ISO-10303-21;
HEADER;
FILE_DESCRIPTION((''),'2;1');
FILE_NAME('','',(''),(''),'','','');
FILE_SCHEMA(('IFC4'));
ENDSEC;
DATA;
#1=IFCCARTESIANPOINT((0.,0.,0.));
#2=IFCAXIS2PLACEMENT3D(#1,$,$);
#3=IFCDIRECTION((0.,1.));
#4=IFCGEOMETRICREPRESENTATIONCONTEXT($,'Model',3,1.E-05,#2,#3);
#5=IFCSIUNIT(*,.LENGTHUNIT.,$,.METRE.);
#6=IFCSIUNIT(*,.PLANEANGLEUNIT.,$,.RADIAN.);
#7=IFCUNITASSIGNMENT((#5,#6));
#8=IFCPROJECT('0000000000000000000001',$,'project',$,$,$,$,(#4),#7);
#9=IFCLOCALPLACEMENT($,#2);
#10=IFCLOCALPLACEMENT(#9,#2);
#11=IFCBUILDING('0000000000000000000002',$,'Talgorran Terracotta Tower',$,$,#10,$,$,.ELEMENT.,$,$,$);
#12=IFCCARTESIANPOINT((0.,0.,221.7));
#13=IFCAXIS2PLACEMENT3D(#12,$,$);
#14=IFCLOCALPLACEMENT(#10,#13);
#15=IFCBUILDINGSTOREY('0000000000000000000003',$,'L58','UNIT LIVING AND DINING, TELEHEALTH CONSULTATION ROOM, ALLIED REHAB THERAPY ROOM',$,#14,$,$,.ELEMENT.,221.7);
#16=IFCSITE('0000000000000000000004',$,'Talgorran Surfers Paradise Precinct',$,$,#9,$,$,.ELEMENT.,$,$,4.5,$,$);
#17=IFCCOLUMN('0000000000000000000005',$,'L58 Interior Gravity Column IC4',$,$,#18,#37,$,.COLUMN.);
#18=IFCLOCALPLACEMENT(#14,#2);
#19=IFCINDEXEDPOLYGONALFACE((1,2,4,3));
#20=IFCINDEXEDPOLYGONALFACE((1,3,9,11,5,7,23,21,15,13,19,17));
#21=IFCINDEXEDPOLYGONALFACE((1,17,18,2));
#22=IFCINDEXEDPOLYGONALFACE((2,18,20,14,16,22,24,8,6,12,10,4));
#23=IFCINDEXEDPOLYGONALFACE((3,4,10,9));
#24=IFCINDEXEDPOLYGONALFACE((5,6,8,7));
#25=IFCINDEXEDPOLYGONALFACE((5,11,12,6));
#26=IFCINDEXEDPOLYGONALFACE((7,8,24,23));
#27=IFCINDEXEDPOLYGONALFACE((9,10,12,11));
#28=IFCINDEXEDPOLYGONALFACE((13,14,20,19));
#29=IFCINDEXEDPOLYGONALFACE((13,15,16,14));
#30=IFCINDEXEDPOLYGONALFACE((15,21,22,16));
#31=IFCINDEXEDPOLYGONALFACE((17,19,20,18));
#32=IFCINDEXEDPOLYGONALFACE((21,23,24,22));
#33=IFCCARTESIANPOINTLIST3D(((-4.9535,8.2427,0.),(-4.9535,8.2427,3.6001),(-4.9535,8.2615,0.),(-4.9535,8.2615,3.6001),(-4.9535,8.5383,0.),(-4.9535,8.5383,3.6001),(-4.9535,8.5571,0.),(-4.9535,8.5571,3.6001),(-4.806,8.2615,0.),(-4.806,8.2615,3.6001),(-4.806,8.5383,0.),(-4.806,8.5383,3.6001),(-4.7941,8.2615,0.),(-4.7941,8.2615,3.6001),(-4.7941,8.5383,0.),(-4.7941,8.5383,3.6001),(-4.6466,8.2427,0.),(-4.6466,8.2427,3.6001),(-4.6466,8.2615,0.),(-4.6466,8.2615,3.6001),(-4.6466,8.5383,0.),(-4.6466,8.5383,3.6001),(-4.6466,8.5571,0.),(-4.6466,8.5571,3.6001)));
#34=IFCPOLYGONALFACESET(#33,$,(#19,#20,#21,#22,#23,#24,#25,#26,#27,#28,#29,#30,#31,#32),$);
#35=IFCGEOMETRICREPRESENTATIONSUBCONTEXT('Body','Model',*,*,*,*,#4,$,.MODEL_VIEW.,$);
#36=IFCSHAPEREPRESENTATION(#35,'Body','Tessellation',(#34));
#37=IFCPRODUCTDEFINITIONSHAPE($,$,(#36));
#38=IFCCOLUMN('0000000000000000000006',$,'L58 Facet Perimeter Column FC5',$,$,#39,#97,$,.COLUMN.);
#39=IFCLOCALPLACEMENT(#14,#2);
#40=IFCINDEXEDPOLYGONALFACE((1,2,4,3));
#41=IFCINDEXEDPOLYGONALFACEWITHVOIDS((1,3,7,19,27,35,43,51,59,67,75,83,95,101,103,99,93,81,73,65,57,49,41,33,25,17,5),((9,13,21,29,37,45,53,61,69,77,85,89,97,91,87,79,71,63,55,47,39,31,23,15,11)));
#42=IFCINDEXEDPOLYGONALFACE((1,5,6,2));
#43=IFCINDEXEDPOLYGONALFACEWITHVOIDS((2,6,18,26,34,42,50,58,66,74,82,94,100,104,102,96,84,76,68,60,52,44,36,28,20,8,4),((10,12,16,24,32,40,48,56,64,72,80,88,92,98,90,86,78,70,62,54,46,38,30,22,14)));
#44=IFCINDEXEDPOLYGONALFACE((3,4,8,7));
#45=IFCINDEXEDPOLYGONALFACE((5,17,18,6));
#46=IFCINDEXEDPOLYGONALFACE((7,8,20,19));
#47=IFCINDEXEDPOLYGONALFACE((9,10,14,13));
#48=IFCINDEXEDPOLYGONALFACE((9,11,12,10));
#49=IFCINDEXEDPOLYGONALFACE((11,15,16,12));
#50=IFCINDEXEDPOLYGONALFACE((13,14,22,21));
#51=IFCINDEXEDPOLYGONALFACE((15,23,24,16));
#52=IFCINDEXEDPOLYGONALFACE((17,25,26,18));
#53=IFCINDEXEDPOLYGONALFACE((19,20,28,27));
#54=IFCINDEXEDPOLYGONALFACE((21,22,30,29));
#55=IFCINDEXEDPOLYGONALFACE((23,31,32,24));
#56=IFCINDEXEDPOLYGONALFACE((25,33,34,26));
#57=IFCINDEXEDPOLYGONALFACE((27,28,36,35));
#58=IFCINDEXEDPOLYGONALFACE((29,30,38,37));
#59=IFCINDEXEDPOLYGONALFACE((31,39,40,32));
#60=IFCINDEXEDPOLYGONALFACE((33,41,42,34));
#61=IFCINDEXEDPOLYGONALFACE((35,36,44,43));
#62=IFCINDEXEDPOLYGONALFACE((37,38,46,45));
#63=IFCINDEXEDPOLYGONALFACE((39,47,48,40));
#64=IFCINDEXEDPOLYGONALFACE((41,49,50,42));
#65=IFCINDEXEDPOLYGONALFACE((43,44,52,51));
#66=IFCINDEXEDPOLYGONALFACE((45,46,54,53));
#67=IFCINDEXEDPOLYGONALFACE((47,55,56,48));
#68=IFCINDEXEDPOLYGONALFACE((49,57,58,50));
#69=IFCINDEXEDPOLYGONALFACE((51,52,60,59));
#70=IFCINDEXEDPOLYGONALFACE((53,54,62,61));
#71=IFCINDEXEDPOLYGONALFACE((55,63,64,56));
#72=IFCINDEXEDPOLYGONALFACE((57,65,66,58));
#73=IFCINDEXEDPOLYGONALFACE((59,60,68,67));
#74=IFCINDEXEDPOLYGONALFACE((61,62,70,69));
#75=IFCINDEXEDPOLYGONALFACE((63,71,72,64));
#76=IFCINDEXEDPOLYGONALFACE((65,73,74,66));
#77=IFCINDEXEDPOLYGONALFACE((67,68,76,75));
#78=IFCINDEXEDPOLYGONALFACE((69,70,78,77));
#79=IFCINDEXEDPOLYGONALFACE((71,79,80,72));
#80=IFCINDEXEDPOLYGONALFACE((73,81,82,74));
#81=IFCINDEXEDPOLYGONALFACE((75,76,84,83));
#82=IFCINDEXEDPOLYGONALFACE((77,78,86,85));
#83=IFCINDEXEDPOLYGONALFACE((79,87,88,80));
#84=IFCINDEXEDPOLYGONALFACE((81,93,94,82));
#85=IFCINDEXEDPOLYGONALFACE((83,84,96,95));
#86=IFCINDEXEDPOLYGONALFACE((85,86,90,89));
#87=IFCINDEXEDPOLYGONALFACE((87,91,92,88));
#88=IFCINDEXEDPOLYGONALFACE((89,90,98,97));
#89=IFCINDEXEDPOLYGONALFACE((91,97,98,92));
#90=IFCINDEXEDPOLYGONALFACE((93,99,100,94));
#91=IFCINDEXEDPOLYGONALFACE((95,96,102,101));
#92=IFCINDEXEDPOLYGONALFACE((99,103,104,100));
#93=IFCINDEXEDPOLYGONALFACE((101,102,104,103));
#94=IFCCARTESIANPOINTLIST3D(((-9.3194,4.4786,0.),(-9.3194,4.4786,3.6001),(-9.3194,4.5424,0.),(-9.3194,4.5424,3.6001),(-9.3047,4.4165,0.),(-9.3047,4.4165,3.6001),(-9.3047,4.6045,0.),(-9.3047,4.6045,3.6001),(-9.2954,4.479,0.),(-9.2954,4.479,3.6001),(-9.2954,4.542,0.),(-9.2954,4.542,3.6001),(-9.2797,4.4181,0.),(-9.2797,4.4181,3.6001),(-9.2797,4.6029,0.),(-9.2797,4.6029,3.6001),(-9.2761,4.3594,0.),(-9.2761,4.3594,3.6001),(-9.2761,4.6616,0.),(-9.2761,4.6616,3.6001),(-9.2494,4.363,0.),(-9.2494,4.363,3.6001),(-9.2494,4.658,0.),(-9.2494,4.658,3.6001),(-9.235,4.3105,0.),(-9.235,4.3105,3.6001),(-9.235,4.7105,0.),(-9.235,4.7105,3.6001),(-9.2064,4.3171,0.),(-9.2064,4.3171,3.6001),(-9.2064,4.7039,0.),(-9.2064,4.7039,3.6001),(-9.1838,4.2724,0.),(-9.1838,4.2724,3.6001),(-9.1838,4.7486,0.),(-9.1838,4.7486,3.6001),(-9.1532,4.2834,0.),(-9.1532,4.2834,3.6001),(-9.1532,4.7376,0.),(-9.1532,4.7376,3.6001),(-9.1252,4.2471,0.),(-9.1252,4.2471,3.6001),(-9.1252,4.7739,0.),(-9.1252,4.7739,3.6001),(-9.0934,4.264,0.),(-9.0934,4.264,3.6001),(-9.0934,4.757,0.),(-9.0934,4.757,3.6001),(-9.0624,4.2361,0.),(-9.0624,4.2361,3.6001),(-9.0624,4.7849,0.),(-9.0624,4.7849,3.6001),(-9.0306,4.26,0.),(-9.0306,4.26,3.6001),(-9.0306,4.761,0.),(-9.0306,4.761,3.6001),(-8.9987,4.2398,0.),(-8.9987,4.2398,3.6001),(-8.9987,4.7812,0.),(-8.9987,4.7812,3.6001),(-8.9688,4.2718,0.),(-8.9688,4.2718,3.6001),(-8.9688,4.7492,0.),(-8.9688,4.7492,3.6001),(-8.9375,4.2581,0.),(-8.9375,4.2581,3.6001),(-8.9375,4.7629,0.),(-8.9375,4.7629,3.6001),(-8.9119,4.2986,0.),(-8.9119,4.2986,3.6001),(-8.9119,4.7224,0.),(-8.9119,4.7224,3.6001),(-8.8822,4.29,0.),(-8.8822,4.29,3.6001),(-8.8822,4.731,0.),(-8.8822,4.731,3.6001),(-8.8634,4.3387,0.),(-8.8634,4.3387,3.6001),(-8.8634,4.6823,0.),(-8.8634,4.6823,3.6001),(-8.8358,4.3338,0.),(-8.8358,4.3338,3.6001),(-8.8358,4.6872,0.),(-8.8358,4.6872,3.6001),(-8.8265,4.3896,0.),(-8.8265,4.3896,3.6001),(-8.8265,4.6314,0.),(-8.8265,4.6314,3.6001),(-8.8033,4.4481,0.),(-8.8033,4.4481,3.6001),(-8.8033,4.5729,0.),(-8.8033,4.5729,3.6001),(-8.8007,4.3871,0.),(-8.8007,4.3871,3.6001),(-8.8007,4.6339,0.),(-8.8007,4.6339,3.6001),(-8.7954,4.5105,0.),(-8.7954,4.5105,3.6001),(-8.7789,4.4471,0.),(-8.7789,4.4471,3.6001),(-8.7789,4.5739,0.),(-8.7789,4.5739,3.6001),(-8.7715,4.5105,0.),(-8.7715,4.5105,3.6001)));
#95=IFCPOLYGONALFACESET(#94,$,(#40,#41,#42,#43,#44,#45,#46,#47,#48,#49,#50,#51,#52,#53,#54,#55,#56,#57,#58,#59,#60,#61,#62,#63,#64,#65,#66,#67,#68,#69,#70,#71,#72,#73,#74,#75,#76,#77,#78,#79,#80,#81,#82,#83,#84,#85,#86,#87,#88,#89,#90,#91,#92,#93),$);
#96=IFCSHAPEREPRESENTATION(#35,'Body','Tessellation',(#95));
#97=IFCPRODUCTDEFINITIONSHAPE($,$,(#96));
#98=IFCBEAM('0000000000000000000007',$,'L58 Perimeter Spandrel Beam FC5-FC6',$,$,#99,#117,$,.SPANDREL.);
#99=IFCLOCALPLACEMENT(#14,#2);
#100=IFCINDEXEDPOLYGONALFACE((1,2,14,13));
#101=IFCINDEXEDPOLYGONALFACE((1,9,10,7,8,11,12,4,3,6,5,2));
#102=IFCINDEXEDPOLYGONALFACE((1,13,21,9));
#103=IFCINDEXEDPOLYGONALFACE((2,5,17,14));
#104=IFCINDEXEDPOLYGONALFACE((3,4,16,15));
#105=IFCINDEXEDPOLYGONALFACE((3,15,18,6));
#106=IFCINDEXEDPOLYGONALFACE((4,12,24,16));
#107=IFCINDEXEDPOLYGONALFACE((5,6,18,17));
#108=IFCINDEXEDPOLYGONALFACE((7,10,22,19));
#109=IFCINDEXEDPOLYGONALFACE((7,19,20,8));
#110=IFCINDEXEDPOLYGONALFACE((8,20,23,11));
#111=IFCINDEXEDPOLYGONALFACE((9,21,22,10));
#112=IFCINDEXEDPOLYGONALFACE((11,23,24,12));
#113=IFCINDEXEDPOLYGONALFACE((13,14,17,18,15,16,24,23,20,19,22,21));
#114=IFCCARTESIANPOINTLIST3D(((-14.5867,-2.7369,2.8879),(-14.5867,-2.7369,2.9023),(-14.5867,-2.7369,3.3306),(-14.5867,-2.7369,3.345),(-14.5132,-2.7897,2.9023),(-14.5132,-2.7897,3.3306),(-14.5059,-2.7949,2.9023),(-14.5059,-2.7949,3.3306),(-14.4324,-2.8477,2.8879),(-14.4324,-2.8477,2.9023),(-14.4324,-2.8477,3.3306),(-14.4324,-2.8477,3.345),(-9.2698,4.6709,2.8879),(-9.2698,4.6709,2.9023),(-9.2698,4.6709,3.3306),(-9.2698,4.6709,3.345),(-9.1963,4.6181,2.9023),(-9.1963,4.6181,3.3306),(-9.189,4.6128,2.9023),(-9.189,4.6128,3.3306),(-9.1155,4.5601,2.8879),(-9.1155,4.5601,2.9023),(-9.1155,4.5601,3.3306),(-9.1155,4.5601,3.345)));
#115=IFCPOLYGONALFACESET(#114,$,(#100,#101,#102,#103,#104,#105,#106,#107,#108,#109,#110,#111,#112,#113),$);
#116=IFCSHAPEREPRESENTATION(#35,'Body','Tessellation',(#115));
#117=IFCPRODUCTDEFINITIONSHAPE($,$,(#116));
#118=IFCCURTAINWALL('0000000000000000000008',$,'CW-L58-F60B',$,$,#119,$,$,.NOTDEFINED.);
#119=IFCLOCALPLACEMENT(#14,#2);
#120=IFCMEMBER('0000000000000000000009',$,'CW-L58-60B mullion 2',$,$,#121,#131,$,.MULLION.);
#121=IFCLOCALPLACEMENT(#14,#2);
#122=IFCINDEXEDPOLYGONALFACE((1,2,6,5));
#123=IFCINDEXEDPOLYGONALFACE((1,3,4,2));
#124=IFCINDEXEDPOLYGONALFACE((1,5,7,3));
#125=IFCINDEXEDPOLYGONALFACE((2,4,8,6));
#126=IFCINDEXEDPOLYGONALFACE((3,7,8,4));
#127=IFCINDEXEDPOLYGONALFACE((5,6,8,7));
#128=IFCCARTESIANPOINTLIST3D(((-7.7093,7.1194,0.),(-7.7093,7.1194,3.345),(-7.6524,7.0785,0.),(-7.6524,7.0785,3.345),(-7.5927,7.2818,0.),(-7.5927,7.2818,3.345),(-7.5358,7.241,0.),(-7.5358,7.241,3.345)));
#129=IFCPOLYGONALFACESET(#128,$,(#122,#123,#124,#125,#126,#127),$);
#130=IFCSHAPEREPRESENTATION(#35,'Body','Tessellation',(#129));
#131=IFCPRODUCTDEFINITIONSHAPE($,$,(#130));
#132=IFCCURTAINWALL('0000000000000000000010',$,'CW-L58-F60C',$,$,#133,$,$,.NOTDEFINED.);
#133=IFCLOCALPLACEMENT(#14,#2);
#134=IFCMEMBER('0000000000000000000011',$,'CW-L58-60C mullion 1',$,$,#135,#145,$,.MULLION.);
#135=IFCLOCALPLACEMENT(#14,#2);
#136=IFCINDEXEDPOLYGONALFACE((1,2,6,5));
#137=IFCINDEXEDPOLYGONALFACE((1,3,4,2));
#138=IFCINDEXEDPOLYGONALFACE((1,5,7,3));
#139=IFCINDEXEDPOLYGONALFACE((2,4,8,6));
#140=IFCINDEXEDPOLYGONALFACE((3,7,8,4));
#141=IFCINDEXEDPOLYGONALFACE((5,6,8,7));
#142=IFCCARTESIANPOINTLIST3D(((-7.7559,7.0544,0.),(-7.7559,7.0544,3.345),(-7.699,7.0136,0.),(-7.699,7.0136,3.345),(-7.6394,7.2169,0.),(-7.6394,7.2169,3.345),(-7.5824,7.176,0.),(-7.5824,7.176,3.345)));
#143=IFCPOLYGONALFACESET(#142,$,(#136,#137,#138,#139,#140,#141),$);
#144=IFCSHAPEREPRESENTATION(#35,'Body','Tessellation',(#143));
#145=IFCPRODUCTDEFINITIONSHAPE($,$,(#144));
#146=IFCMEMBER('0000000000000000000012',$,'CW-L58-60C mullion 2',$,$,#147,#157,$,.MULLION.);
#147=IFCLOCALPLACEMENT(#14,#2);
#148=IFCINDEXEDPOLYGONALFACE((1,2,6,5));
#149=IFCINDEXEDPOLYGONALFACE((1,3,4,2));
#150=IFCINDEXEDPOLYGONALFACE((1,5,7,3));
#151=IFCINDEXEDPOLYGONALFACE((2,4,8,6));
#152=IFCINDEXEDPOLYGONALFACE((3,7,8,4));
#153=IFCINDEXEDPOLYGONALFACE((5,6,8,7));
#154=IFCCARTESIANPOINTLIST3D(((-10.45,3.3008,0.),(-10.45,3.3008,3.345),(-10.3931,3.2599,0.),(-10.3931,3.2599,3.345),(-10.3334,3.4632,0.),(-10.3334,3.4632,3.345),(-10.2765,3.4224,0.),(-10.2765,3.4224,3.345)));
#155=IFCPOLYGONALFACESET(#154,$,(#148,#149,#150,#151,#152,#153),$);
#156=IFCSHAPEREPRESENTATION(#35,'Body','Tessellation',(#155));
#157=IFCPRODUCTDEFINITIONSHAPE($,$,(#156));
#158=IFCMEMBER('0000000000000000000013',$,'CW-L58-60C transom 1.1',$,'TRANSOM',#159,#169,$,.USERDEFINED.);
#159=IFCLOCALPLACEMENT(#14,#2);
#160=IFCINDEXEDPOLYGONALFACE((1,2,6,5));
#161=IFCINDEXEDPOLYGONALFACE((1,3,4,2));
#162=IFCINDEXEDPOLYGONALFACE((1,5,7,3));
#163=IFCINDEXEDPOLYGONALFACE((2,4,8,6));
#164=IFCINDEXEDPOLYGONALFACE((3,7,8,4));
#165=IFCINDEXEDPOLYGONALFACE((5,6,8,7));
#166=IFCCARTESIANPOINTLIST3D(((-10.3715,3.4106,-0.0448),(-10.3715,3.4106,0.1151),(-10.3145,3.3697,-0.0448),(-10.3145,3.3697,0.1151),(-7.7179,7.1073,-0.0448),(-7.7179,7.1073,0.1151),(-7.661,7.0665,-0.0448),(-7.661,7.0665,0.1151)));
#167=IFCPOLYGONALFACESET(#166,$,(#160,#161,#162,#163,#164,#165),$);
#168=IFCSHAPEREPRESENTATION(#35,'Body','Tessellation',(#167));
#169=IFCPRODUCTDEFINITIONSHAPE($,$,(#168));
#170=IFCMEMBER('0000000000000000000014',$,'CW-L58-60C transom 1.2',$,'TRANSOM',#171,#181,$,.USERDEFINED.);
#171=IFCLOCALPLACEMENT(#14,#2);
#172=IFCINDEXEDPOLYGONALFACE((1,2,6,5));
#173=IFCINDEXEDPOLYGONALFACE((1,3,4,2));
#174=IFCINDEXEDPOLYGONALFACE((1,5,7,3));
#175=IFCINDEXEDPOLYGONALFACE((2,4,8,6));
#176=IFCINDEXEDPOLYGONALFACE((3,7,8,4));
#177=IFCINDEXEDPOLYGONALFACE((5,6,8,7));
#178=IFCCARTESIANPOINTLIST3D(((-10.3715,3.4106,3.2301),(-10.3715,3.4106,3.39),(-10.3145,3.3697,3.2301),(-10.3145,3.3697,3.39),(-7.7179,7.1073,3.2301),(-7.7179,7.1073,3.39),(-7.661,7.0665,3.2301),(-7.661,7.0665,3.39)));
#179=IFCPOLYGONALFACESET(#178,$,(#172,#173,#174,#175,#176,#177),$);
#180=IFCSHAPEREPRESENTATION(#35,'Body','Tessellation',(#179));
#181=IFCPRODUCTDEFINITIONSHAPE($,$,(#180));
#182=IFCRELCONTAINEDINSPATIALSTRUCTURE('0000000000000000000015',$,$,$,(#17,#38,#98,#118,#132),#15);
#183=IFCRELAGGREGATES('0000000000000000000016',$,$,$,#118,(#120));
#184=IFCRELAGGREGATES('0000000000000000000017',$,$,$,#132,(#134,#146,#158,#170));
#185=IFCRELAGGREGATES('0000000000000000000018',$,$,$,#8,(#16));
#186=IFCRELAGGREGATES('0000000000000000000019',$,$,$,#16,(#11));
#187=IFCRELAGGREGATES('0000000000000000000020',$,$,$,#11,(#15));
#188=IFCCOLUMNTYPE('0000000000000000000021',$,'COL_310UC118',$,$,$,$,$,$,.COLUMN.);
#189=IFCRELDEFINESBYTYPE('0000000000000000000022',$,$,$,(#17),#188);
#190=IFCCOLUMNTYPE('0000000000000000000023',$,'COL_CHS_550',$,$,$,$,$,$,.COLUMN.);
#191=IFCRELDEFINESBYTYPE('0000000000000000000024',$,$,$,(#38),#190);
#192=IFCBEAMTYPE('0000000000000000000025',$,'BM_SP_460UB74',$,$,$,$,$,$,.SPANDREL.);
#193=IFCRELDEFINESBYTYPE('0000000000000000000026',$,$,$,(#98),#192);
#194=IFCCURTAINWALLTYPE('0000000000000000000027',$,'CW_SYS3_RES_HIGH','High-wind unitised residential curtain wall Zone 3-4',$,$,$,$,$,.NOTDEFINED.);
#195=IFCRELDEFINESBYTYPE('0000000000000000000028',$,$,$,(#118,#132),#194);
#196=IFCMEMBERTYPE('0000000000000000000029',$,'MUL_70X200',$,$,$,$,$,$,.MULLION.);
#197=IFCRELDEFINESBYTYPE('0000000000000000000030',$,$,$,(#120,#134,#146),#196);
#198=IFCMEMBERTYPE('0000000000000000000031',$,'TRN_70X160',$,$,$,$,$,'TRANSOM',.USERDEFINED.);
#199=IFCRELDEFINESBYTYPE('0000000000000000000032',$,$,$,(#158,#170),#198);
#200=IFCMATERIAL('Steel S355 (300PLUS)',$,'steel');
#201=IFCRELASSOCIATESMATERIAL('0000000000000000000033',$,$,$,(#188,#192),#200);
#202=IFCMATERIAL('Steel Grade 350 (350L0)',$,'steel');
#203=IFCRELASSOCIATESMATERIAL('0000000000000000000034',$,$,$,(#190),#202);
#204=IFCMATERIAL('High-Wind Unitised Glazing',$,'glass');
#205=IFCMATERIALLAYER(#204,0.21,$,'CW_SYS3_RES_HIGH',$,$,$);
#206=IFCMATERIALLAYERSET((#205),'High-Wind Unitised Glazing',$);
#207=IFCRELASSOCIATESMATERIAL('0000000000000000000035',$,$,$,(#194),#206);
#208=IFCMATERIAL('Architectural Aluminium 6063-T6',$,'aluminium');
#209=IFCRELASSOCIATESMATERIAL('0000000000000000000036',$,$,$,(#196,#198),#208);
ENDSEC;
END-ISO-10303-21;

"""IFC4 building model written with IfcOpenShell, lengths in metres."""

from ifc_helpers import new_model, si_unit, direction, frame, origin, origin_2d, place, context, subcontext, project, spatial, rectangle, hollow_circle, i_section, extrude, material, layer, layer_set, material_profile, profile_set, type_object, element, aggregate, save


model = new_model("IFC4")

# Units and contexts
model_context = context("Model", 3, precision=1e-05, world=origin(), true_north=direction((0.0, 1.0)))
body_context = subcontext(model_context, "Body", "Model", "MODEL_VIEW")
ifc_project = project(units=[si_unit("LENGTHUNIT", "METRE"), si_unit("PLANEANGLEUNIT", "RADIAN")], contexts=[model_context])

# Site, building, storey
site_placement = place(None, origin())
site = spatial("IfcSite", under=ifc_project, at=site_placement, Name="Talgorran Surfers Paradise Precinct", CompositionType="ELEMENT", RefElevation=4.5)
building_placement = place(site_placement, origin())
building = spatial("IfcBuilding", under=site, at=building_placement, Name="Talgorran Terracotta Tower", CompositionType="ELEMENT")
storey_placement = place(building_placement, frame((0.0, 0.0, 221.7)))
storey = spatial("IfcBuildingStorey", under=building, at=storey_placement, Name="L58", Description="UNIT LIVING AND DINING, TELEHEALTH CONSULTATION ROOM, ALLIED REHAB THERAPY ROOM", CompositionType="ELEMENT", Elevation=221.7)

# Columns
ifc_material_1 = material(Name="Steel S355 (300PLUS)", Category="steel")
ifc_material_profile_1 = material_profile(ifc_material_1, i_section(OverallWidth=0.3069, OverallDepth=0.3145, WebThickness=0.012, FlangeThickness=0.0188, at=origin_2d()), Name="310UC118")
ifc_profile_set_1 = profile_set([ifc_material_profile_1], Name="Steel S355 (300PLUS)")
column_type_1 = type_object("IfcColumnType", Name="COL_310UC118", PredefinedType="COLUMN", material=ifc_profile_set_1)
column_1_placement = place(storey_placement, frame((-4.8, 8.3999, 0.0), z_axis=(0.0, 0.0, 1.0), x_axis=(1.0, 0.0, 0.0)))
element("IfcColumn", 1, at=column_1_placement, inside=storey, type_object=column_type_1, Name="L58 Interior Gravity Column IC4", PredefinedType="COLUMN", context=body_context, shape_type="SweptSolid", body=[
    extrude(i_section(OverallWidth=0.3069, OverallDepth=0.3145, WebThickness=0.012, FlangeThickness=0.0188, at=origin_2d()), origin(), (0.0, 0.0, 1.0), 3.6001),
])
ifc_material_2 = material(Name="Steel Grade 350 (350L0)", Category="steel")
ifc_material_profile_2 = material_profile(ifc_material_2, hollow_circle(Radius=0.2749, WallThickness=0.0239, at=origin_2d()), Name="CHS550X24")
ifc_profile_set_2 = profile_set([ifc_material_profile_2], Name="Steel Grade 350 (350L0)")
column_type_2 = type_object("IfcColumnType", Name="COL_CHS_550", PredefinedType="COLUMN", material=ifc_profile_set_2)
column_2_placement = place(storey_placement, frame((-9.0464, 4.5105, 0.0), z_axis=(0.0, 0.0, 1.0), x_axis=(1.0, 0.0, 0.0)))
element("IfcColumn", 2, at=column_2_placement, inside=storey, type_object=column_type_2, Name="L58 Facet Perimeter Column FC5", PredefinedType="COLUMN", context=body_context, shape_type="SweptSolid", body=[
    extrude(hollow_circle(Radius=0.2749, WallThickness=0.0239, at=origin_2d()), origin(), (0.0, 0.0, 1.0), 3.6001),
])

# Beam
ifc_material_profile_3 = material_profile(ifc_material_1, i_section(OverallWidth=0.1899, OverallDepth=0.457, WebThickness=0.009, FlangeThickness=0.0144, at=origin_2d()), Name="460UB74.6")
ifc_profile_set_3 = profile_set([ifc_material_profile_3], Name="Steel S355 (300PLUS)")
beam_type = type_object("IfcBeamType", Name="BM_SP_460UB74", PredefinedType="SPANDREL", material=ifc_profile_set_3)
beam_placement = place(storey_placement, frame((-9.1926, 4.6155, 3.1165), z_axis=(-0.583101, -0.8124, 0.0), x_axis=(0.8124, -0.583101, 0.0)))
element("IfcBeam", 3, at=beam_placement, inside=storey, type_object=beam_type, Name="L58 Perimeter Spandrel Beam FC5-FC6", PredefinedType="SPANDREL", context=body_context, shape_type="SweptSolid", body=[
    extrude(i_section(OverallWidth=0.1899, OverallDepth=0.457, WebThickness=0.009, FlangeThickness=0.0144, at=origin_2d()), origin(), (0.0, 0.0, 1.0), 9.1184),
])

# Curtain wall, member
ifc_material_3 = material(Name="High-Wind Unitised Glazing", Category="glass")
ifc_layer_1 = layer(ifc_material_3, 0.21, Name="CW_SYS3_RES_HIGH")
ifc_layer_set_1 = layer_set([ifc_layer_1], Name="High-Wind Unitised Glazing")
curtain_wall_type = type_object("IfcCurtainWallType", Name="CW_SYS3_RES_HIGH", Description="High-wind unitised residential curtain wall Zone 3-4", PredefinedType="NOTDEFINED", material=ifc_layer_set_1)
curtain_wall_1_placement = place(storey_placement, origin())
curtain_wall_1 = element("IfcCurtainWall", 4, at=curtain_wall_1_placement, inside=storey, type_object=curtain_wall_type, Name="CW-L58-F60B", PredefinedType="NOTDEFINED")
ifc_material_4 = material(Name="Architectural Aluminium 6063-T6", Category="aluminium")
ifc_material_profile_4 = material_profile(ifc_material_4, rectangle(XDim=0.0701, YDim=0.2, at=origin_2d()), Name="CWM70X200")
ifc_profile_set_4 = profile_set([ifc_material_profile_4], Name="Architectural Aluminium 6063-T6")
member_type_1 = type_object("IfcMemberType", Name="MUL_70X200", PredefinedType="MULLION", material=ifc_profile_set_4)
member_1_placement = place(storey_placement, frame((-7.6226, 7.1802, 0.0), z_axis=(0.0, 0.0, 1.0), x_axis=(0.812388, -0.583118, 0.0)))
member_1 = element("IfcMember", 5, at=member_1_placement, type_object=member_type_1, Name="CW-L58-60B mullion 2", PredefinedType="MULLION", context=body_context, shape_type="SweptSolid", body=[
    extrude(rectangle(XDim=0.0701, YDim=0.2, at=origin_2d()), origin(), (0.0, 0.0, 1.0), 3.345),
])

# Curtain wall, members
curtain_wall_2_placement = place(storey_placement, origin())
curtain_wall_2 = element("IfcCurtainWall", 6, at=curtain_wall_2_placement, inside=storey, type_object=curtain_wall_type, Name="CW-L58-F60C", PredefinedType="NOTDEFINED")
member_2_placement = place(storey_placement, frame((-7.6692, 7.1152, 0.0), z_axis=(0.0, 0.0, 1.0), x_axis=(0.812389, -0.583116, 0.0)))
member_2 = element("IfcMember", 7, at=member_2_placement, type_object=member_type_1, Name="CW-L58-60C mullion 1", PredefinedType="MULLION", context=body_context, shape_type="SweptSolid", body=[
    extrude(rectangle(XDim=0.0701, YDim=0.2, at=origin_2d()), origin(), (0.0, 0.0, 1.0), 3.345),
])
member_3_placement = place(storey_placement, frame((-10.3633, 3.3616, 0.0), z_axis=(0.0, 0.0, 1.0), x_axis=(0.812389, -0.583116, 0.0)))
member_3 = element("IfcMember", 8, at=member_3_placement, type_object=member_type_1, Name="CW-L58-60C mullion 2", PredefinedType="MULLION", context=body_context, shape_type="SweptSolid", body=[
    extrude(rectangle(XDim=0.0701, YDim=0.2, at=origin_2d()), origin(), (0.0, 0.0, 1.0), 3.345),
])
ifc_material_profile_5 = material_profile(ifc_material_4, rectangle(XDim=0.0701, YDim=0.1599, at=origin_2d()), Name="CWT70X160")
ifc_profile_set_5 = profile_set([ifc_material_profile_5], Name="Architectural Aluminium 6063-T6")
member_type_2 = type_object("IfcMemberType", Name="TRN_70X160", ElementType="TRANSOM", PredefinedType="USERDEFINED", material=ifc_profile_set_5)
member_4_placement = place(storey_placement, frame((-7.6895, 7.0869, 0.0352), z_axis=(-0.58313, -0.812379, 0.0), x_axis=(0.812379, -0.58313, 0.0)))
member_4 = element("IfcMember", 9, at=member_4_placement, type_object=member_type_2, Name="CW-L58-60C transom 1.1", ObjectType="TRANSOM", PredefinedType="USERDEFINED", context=body_context, shape_type="SweptSolid", body=[
    extrude(rectangle(XDim=0.0701, YDim=0.1599, at=origin_2d()), origin(), (0.0, 0.0, 1.0), 4.5505),
])
member_5_placement = place(storey_placement, frame((-7.6895, 7.0869, 3.3101), z_axis=(-0.58313, -0.812379, 0.0), x_axis=(0.812379, -0.58313, 0.0)))
member_5 = element("IfcMember", 10, at=member_5_placement, type_object=member_type_2, Name="CW-L58-60C transom 1.2", ObjectType="TRANSOM", PredefinedType="USERDEFINED", context=body_context, shape_type="SweptSolid", body=[
    extrude(rectangle(XDim=0.0701, YDim=0.1599, at=origin_2d()), origin(), (0.0, 0.0, 1.0), 4.5505),
])

aggregate(curtain_wall_1, [member_1])
aggregate(curtain_wall_2, [member_2, member_3, member_4, member_5])

save(model, "model.ifc")
